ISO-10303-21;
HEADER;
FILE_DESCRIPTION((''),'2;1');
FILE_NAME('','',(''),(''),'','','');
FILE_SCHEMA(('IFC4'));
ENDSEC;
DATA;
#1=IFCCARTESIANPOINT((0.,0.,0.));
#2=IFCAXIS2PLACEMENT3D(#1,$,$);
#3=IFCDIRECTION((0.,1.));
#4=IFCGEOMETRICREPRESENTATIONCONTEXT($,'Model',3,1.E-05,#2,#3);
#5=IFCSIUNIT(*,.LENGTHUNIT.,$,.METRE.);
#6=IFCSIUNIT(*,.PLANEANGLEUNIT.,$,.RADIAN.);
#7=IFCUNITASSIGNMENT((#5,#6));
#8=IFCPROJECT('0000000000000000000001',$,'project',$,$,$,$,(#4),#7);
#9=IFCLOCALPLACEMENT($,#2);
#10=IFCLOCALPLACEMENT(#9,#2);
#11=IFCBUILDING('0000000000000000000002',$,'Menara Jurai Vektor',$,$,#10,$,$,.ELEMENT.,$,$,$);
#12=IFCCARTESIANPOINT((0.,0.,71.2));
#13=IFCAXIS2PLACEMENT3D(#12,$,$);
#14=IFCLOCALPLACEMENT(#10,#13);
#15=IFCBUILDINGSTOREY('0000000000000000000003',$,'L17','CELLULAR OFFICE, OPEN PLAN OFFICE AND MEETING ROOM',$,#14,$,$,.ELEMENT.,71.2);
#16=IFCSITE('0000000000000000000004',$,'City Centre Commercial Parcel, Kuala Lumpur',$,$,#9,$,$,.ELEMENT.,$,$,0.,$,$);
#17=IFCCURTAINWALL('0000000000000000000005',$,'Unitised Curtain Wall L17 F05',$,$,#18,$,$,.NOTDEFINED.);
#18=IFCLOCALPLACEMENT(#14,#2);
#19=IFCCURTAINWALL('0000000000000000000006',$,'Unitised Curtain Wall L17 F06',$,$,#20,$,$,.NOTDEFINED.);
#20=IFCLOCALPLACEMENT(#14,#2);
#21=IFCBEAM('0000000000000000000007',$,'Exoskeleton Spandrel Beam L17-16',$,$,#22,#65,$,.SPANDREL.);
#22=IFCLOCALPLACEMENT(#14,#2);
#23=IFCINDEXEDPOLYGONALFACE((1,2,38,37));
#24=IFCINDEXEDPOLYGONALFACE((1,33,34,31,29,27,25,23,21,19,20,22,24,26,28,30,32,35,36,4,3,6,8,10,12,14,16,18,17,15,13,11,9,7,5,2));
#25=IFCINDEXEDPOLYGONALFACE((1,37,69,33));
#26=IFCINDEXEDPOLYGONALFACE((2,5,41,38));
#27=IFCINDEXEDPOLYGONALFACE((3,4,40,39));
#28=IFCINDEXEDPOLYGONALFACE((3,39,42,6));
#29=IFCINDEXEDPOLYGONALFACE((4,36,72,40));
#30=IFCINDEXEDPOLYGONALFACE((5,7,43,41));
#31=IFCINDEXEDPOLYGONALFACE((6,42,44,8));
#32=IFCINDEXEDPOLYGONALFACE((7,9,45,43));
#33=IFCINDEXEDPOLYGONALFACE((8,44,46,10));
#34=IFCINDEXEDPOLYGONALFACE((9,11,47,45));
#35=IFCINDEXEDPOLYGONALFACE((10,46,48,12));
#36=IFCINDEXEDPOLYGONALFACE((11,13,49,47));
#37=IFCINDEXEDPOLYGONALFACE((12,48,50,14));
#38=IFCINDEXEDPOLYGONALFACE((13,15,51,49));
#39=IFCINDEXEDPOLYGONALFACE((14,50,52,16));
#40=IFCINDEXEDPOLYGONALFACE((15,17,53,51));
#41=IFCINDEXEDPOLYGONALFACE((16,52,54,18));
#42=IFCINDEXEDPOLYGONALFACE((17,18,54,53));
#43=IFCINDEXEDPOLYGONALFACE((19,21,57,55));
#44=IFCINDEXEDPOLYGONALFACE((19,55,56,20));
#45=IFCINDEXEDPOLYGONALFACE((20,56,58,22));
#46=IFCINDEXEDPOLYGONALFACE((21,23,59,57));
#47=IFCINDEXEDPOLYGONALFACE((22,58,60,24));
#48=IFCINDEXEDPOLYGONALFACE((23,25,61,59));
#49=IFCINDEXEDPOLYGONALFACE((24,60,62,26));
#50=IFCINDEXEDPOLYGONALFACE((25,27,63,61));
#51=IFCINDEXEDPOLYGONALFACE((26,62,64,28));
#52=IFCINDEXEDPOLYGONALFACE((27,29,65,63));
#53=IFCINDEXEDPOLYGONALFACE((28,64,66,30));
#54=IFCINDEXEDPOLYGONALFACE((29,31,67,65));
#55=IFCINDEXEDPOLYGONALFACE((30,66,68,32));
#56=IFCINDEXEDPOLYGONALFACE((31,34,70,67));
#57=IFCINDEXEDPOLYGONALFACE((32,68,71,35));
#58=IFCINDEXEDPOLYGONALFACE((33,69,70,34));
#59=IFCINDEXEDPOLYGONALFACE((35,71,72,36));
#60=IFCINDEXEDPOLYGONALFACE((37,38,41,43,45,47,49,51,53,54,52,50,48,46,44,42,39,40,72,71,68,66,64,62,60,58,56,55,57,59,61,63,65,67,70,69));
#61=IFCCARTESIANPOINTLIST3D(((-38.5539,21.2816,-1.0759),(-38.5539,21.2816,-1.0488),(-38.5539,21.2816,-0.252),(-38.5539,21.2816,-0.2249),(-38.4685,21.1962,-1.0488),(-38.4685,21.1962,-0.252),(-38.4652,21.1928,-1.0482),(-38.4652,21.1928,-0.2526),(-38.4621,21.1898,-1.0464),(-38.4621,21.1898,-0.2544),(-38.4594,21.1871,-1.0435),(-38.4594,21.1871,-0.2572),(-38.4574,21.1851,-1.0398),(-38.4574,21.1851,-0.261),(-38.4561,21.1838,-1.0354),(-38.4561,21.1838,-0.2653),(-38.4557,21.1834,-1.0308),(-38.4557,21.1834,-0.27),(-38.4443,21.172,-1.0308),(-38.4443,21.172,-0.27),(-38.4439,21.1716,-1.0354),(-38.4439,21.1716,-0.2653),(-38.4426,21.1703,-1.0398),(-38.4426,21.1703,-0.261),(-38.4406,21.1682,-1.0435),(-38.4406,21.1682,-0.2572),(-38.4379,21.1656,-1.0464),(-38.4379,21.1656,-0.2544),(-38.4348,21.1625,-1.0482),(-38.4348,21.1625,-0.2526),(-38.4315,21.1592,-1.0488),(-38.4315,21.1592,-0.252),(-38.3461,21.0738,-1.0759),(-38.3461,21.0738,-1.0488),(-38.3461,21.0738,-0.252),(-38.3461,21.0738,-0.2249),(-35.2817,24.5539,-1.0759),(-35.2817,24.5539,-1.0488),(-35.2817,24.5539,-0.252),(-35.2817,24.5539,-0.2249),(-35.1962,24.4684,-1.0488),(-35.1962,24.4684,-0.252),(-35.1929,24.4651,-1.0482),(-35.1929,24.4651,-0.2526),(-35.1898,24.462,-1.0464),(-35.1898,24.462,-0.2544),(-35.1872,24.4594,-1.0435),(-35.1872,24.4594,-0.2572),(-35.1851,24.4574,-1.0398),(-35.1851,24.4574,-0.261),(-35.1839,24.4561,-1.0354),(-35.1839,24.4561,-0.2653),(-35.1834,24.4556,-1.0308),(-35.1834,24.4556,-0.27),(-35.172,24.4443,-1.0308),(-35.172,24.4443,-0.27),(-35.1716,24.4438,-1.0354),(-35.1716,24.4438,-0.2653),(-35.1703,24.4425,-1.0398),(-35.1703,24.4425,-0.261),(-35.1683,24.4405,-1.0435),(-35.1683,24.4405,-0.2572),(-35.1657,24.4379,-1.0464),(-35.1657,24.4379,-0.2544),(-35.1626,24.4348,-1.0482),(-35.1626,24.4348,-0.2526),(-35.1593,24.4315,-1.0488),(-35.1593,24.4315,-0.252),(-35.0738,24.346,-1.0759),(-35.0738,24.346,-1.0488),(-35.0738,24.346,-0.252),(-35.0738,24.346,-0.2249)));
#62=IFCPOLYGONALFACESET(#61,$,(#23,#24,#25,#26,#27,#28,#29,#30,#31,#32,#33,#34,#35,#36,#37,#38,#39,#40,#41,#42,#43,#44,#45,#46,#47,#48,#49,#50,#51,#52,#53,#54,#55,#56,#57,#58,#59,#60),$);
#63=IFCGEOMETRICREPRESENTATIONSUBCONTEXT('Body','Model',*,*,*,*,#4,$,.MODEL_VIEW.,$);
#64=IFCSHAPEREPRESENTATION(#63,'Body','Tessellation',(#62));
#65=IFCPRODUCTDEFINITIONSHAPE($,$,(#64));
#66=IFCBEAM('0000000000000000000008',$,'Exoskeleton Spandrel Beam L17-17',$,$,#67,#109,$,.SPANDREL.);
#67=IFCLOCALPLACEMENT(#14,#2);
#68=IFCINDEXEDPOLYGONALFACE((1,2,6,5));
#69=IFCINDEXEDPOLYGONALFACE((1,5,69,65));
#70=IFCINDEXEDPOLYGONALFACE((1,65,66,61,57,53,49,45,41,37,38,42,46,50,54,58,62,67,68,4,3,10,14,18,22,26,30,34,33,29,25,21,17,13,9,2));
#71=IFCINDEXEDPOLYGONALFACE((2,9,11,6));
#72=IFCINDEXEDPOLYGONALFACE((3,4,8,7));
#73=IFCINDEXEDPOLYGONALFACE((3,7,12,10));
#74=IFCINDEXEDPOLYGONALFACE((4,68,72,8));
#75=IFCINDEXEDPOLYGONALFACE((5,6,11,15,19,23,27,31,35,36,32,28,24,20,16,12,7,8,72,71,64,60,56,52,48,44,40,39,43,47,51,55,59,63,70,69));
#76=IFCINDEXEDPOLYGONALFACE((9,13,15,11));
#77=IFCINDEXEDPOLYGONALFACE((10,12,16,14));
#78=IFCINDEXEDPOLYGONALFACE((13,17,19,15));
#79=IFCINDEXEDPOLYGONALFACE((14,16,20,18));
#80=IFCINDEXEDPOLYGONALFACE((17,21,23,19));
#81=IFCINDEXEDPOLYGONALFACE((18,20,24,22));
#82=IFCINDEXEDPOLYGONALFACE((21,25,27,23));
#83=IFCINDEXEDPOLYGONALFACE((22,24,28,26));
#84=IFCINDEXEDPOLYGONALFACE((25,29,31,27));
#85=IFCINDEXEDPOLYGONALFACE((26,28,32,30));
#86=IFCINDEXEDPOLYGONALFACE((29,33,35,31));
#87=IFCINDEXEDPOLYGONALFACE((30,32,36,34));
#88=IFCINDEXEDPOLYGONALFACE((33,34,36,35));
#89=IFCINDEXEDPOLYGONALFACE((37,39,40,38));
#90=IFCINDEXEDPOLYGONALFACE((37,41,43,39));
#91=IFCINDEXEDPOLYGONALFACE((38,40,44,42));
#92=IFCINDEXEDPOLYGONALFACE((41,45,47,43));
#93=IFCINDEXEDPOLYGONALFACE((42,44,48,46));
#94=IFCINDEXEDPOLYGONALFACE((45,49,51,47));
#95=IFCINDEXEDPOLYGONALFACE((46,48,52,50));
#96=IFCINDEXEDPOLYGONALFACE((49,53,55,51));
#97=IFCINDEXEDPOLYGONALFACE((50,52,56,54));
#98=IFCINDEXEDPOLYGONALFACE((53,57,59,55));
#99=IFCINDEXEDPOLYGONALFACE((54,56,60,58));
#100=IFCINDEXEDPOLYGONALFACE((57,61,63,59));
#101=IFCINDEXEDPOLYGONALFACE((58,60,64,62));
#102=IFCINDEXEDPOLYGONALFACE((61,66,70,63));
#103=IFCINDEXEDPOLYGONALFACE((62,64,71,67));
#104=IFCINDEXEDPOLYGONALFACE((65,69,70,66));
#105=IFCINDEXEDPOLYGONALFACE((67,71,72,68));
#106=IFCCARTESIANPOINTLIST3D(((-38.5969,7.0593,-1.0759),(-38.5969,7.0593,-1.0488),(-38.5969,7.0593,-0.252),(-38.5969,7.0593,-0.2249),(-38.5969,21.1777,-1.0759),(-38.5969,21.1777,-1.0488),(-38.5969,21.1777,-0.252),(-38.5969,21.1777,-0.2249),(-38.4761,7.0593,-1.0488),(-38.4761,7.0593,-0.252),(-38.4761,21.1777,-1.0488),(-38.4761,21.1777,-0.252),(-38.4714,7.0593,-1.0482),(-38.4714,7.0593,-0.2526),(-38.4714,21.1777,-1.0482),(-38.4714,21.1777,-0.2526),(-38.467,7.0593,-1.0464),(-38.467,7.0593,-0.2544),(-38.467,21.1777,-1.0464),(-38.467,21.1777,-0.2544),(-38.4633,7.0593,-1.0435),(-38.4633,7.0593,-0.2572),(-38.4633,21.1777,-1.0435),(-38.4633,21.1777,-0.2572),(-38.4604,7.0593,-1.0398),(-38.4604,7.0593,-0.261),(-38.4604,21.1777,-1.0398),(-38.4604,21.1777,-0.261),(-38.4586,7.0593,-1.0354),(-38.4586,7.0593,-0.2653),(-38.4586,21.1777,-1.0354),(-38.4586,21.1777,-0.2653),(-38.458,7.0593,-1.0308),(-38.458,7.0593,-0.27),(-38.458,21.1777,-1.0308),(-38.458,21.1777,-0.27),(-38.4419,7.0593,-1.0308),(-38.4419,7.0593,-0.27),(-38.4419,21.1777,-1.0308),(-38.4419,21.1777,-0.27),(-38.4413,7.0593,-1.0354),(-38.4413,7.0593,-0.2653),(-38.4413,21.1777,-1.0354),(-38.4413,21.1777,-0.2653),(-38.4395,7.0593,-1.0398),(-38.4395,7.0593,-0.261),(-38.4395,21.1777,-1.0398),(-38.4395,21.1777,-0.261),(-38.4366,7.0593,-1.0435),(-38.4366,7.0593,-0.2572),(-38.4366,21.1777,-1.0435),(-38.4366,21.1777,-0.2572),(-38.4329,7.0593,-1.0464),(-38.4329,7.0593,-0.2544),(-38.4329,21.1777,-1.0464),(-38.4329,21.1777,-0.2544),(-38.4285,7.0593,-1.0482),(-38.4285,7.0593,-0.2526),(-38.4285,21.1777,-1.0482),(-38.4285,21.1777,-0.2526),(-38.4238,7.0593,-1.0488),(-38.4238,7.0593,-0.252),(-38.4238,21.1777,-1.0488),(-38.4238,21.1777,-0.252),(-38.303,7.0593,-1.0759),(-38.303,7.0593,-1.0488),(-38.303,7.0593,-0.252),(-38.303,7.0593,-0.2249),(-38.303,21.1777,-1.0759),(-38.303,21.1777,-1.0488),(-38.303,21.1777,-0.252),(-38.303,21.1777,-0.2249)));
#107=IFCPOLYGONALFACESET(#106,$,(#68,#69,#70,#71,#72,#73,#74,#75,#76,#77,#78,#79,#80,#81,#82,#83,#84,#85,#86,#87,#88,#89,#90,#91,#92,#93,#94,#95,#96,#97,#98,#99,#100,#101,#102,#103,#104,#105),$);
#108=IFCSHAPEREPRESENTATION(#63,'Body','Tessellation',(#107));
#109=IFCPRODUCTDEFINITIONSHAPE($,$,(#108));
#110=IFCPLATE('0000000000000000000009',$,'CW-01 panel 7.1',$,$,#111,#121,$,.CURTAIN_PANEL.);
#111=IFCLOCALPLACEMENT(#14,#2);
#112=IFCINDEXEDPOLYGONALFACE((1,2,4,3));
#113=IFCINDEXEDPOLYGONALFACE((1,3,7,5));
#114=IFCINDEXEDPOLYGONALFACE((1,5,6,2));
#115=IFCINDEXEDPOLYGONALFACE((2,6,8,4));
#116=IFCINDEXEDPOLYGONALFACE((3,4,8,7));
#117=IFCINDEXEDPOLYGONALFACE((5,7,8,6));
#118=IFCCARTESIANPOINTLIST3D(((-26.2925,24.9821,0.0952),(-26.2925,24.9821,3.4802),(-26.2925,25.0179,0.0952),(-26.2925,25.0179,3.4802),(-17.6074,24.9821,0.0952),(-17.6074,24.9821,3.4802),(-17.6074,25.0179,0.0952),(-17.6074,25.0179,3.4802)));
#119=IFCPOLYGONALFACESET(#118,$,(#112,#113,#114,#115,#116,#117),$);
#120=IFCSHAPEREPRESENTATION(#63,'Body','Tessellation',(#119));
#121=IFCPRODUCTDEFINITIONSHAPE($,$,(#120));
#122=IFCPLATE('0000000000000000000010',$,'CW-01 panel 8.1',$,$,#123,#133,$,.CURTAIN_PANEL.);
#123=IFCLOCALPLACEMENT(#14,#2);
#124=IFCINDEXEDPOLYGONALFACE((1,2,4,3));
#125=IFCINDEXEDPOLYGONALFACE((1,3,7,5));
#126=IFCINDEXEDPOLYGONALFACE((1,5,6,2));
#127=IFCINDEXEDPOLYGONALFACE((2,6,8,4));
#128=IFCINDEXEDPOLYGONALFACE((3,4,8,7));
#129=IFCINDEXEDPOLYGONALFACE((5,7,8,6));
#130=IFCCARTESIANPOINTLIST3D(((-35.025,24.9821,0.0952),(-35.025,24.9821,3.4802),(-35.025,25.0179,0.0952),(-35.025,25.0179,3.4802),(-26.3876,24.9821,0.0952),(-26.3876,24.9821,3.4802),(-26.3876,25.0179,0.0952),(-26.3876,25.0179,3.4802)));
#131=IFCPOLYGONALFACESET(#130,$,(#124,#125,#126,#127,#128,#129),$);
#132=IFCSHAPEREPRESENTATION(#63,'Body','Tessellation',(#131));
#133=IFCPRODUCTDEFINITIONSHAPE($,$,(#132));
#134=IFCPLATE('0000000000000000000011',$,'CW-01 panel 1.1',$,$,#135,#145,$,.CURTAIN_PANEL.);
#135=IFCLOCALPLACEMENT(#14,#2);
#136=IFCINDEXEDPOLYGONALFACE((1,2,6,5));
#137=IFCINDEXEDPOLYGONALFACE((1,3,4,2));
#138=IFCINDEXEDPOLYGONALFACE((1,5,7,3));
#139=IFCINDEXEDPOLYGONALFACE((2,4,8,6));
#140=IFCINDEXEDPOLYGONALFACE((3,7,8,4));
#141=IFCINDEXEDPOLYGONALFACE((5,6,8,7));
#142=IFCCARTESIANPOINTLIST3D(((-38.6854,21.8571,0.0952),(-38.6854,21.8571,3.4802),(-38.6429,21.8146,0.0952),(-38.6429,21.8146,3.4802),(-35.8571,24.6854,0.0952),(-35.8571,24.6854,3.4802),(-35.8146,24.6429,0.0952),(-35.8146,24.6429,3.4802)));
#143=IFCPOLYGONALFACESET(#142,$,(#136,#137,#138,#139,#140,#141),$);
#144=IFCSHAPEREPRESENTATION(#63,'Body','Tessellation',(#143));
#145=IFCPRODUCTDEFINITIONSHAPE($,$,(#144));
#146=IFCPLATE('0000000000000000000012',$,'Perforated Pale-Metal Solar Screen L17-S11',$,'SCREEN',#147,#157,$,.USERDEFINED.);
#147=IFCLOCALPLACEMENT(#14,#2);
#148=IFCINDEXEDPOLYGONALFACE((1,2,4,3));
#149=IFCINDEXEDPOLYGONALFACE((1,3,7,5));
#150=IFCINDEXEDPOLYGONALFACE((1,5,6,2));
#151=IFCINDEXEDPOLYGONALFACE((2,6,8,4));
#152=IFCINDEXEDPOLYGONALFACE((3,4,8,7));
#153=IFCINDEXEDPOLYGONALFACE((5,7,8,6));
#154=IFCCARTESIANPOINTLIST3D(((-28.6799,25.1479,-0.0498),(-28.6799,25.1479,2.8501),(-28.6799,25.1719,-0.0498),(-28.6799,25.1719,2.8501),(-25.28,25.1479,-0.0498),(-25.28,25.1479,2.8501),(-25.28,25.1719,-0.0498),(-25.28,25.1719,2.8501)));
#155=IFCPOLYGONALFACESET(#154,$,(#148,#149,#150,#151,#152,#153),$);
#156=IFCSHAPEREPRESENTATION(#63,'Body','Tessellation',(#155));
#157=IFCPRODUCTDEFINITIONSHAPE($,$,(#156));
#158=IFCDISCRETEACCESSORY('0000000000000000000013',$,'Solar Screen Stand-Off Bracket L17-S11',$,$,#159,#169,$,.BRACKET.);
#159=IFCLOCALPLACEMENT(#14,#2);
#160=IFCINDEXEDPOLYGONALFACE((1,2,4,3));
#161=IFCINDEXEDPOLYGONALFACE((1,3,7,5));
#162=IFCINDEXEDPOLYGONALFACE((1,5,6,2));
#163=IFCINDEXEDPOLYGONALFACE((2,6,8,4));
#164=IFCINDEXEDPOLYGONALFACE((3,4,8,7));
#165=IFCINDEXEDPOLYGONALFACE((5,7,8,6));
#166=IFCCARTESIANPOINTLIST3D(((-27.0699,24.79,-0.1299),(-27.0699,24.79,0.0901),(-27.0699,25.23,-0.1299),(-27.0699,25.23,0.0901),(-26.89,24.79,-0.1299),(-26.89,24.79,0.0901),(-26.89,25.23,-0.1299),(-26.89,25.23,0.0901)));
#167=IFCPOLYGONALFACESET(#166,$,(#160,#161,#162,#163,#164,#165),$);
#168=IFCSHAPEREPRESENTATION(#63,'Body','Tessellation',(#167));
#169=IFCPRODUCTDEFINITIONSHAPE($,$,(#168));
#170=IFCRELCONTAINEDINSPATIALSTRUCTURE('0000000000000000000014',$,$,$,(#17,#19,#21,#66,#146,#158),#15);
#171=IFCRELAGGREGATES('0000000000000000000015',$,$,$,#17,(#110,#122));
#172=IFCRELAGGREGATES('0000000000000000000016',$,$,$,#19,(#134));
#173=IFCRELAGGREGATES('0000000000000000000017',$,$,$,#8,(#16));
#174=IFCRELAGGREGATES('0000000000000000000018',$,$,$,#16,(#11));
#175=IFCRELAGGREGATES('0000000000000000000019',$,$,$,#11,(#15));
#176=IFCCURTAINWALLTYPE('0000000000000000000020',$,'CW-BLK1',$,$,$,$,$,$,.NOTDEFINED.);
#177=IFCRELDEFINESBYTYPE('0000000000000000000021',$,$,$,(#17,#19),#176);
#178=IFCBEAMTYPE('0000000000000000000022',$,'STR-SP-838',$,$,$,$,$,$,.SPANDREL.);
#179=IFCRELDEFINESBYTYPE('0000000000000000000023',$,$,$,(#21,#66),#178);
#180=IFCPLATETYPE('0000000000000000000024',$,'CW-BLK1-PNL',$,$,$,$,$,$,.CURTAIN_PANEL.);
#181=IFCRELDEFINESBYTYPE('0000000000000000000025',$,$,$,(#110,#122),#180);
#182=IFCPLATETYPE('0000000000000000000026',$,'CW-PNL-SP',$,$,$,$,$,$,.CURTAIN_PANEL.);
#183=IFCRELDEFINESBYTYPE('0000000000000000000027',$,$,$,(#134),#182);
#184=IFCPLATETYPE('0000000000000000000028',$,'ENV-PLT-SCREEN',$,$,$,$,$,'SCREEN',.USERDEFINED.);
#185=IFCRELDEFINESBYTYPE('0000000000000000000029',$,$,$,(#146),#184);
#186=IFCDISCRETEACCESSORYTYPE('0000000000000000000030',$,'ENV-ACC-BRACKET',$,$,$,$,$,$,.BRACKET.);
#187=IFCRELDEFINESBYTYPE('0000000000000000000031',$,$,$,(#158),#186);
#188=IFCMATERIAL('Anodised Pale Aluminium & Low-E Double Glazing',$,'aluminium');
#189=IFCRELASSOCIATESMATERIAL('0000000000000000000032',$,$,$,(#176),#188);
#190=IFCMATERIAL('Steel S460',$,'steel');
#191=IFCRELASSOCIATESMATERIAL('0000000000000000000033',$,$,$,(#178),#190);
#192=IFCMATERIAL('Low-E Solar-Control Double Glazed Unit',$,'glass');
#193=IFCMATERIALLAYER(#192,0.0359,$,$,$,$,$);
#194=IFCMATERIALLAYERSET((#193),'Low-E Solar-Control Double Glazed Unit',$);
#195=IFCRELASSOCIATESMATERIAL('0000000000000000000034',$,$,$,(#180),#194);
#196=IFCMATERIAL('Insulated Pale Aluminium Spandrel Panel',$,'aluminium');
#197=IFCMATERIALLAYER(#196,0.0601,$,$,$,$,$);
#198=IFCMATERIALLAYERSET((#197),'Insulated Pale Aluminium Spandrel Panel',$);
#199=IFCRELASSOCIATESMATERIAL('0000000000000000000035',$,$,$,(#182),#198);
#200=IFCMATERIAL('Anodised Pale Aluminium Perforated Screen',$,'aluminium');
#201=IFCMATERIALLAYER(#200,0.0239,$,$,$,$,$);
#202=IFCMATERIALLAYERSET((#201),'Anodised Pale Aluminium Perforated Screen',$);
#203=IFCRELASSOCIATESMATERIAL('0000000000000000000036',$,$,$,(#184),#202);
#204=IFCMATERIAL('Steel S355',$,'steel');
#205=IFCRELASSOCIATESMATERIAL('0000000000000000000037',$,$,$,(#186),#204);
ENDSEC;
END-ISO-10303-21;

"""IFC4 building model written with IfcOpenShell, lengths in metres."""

from ifc_helpers import new_model, si_unit, direction, frame, origin, origin_2d, place, context, subcontext, project, spatial, rectangle, i_section, extrude, material, layer, layer_set, material_profile, profile_set, type_object, element, aggregate, save


model = new_model("IFC4")

# Units and contexts
model_context = context("Model", 3, precision=1e-05, world=origin(), true_north=direction((0.0, 1.0)))
body_context = subcontext(model_context, "Body", "Model", "MODEL_VIEW")
ifc_project = project(units=[si_unit("LENGTHUNIT", "METRE"), si_unit("PLANEANGLEUNIT", "RADIAN")], contexts=[model_context])

# Site, building, storey
site_placement = place(None, origin())
site = spatial("IfcSite", under=ifc_project, at=site_placement, Name="City Centre Commercial Parcel, Kuala Lumpur", CompositionType="ELEMENT", RefElevation=0.0)
building_placement = place(site_placement, origin())
building = spatial("IfcBuilding", under=site, at=building_placement, Name="Menara Jurai Vektor", CompositionType="ELEMENT")
storey_placement = place(building_placement, frame((0.0, 0.0, 71.2)))
storey = spatial("IfcBuildingStorey", under=building, at=storey_placement, Name="L17", Description="CELLULAR OFFICE, OPEN PLAN OFFICE AND MEETING ROOM", CompositionType="ELEMENT", Elevation=71.2)

# Shared definitions
ifc_material_1 = material(Name="Steel S460", Category="steel")

# Curtain walls
ifc_material_2 = material(Name="Anodised Pale Aluminium & Low-E Double Glazing", Category="aluminium")
curtain_wall_type = type_object("IfcCurtainWallType", Name="CW-BLK1", PredefinedType="NOTDEFINED", material=ifc_material_2)
curtain_wall_1_placement = place(storey_placement, origin())
curtain_wall_1 = element("IfcCurtainWall", 1, at=curtain_wall_1_placement, inside=storey, type_object=curtain_wall_type, Name="Unitised Curtain Wall L17 F05", PredefinedType="NOTDEFINED")
curtain_wall_2_placement = place(storey_placement, origin())
curtain_wall_2 = element("IfcCurtainWall", 2, at=curtain_wall_2_placement, inside=storey, type_object=curtain_wall_type, Name="Unitised Curtain Wall L17 F06", PredefinedType="NOTDEFINED")

# Shared definitions
ifc_material_3 = material(Name="Steel S355", Category="steel")

# Beams
ifc_material_profile_1 = material_profile(ifc_material_1, i_section(OverallWidth=0.2939, OverallDepth=0.8511, WebThickness=0.0161, FlangeThickness=0.0271, FilletRadius=0.0181, at=origin_2d()), Name="UKB 838x292x226")
ifc_profile_set_1 = profile_set([ifc_material_profile_1], Name="Steel S460")
beam_type_1 = type_object("IfcBeamType", Name="STR-SP-838", PredefinedType="SPANDREL", material=ifc_profile_set_1)
beam_1_placement = place(storey_placement, frame((-35.1777, 24.45, -0.6504), z_axis=(-0.707107, -0.707107, 0.0), x_axis=(0.707107, -0.707107, 0.0)))
element("IfcBeam", 3, at=beam_1_placement, inside=storey, type_object=beam_type_1, Name="Exoskeleton Spandrel Beam L17-16", PredefinedType="SPANDREL", context=body_context, shape_type="SweptSolid", body=[
    extrude(i_section(OverallWidth=0.2939, OverallDepth=0.8511, WebThickness=0.0161, FlangeThickness=0.0271, FilletRadius=0.0181, at=origin_2d()), origin(), (0.0, 0.0, 1.0), 4.6277),
])
beam_2_placement = place(storey_placement, frame((-38.45, 21.1777, -0.6504), z_axis=(0.0, -1.0, 0.0), x_axis=(1.0, 0.0, 0.0)))
element("IfcBeam", 4, at=beam_2_placement, inside=storey, type_object=beam_type_1, Name="Exoskeleton Spandrel Beam L17-17", PredefinedType="SPANDREL", context=body_context, shape_type="SweptSolid", body=[
    extrude(i_section(OverallWidth=0.2939, OverallDepth=0.8511, WebThickness=0.0161, FlangeThickness=0.0271, FilletRadius=0.0181, at=origin_2d()), origin(), (0.0, 0.0, 1.0), 14.1184),
])

# Plates
ifc_material_4 = material(Name="Low-E Solar-Control Double Glazed Unit", Category="glass")
ifc_layer_1 = layer(ifc_material_4, 0.0359)
ifc_layer_set_1 = layer_set([ifc_layer_1], Name="Low-E Solar-Control Double Glazed Unit")
plate_type_1 = type_object("IfcPlateType", Name="CW-BLK1-PNL", PredefinedType="CURTAIN_PANEL", material=ifc_layer_set_1)
plate_1_placement = place(storey_placement, frame((-21.95, 25.0, 0.0952), z_axis=(0.0, 0.0, 1.0), x_axis=(-1.0, 0.0, 0.0)))
plate_1 = element("IfcPlate", 5, at=plate_1_placement, type_object=plate_type_1, Name="CW-01 panel 7.1", PredefinedType="CURTAIN_PANEL", context=body_context, shape_type="SweptSolid", body=[
    extrude(rectangle(XDim=8.6851, YDim=0.0359, at=origin_2d()), origin(), (0.0, 0.0, 1.0), 3.385),
])
plate_2_placement = place(storey_placement, frame((-30.7063, 25.0, 0.0952), z_axis=(0.0, 0.0, 1.0), x_axis=(-1.0, 0.0, 0.0)))
plate_2 = element("IfcPlate", 6, at=plate_2_placement, type_object=plate_type_1, Name="CW-01 panel 8.1", PredefinedType="CURTAIN_PANEL", context=body_context, shape_type="SweptSolid", body=[
    extrude(rectangle(XDim=8.6375, YDim=0.0359, at=origin_2d()), origin(), (0.0, 0.0, 1.0), 3.385),
])
aggregate(curtain_wall_1, [plate_1, plate_2])
ifc_material_5 = material(Name="Insulated Pale Aluminium Spandrel Panel", Category="aluminium")
ifc_layer_2 = layer(ifc_material_5, 0.0601)
ifc_layer_set_2 = layer_set([ifc_layer_2], Name="Insulated Pale Aluminium Spandrel Panel")
plate_type_2 = type_object("IfcPlateType", Name="CW-PNL-SP", PredefinedType="CURTAIN_PANEL", material=ifc_layer_set_2)
plate_3_placement = place(storey_placement, frame((-37.25, 23.25, 0.0952), z_axis=(0.0, 0.0, 1.0), x_axis=(-0.707107, -0.707107, 0.0)))
plate_3 = element("IfcPlate", 7, at=plate_3_placement, type_object=plate_type_2, Name="CW-01 panel 1.1", PredefinedType="CURTAIN_PANEL", context=body_context, shape_type="SweptSolid", body=[
    extrude(rectangle(XDim=3.9998, YDim=0.0601, at=origin_2d()), origin(), (0.0, 0.0, 1.0), 3.385),
])
aggregate(curtain_wall_2, [plate_3])
ifc_material_6 = material(Name="Anodised Pale Aluminium Perforated Screen", Category="aluminium")
ifc_layer_3 = layer(ifc_material_6, 0.0239)
ifc_layer_set_3 = layer_set([ifc_layer_3], Name="Anodised Pale Aluminium Perforated Screen")
plate_type_3 = type_object("IfcPlateType", Name="ENV-PLT-SCREEN", ElementType="SCREEN", PredefinedType="USERDEFINED", material=ifc_layer_set_3)
plate_4_placement = place(storey_placement, frame((-26.98, 25.1599, -0.0498), z_axis=(0.0, 0.0, 1.0), x_axis=(-1.0, 0.0, 0.0)))
element("IfcPlate", 8, at=plate_4_placement, inside=storey, type_object=plate_type_3, Name="Perforated Pale-Metal Solar Screen L17-S11", ObjectType="SCREEN", PredefinedType="USERDEFINED", context=body_context, shape_type="SweptSolid", body=[
    extrude(rectangle(XDim=3.3999, YDim=0.0239, at=origin_2d()), origin(), (0.0, 0.0, 1.0), 2.8999),
])

# Discrete accessory
discrete_accessory_type = type_object("IfcDiscreteAccessoryType", Name="ENV-ACC-BRACKET", PredefinedType="BRACKET", material=ifc_material_3)
discrete_accessory_placement = place(storey_placement, frame((-26.98, 25.01, -0.1299), z_axis=(0.0, 0.0, 1.0), x_axis=(-1.0, 0.0, 0.0)))
element("IfcDiscreteAccessory", 9, at=discrete_accessory_placement, inside=storey, type_object=discrete_accessory_type, Name="Solar Screen Stand-Off Bracket L17-S11", PredefinedType="BRACKET", context=body_context, shape_type="SweptSolid", body=[
    extrude(rectangle(XDim=0.1799, YDim=0.4399, at=origin_2d()), origin(), (0.0, 0.0, 1.0), 0.22),
])

save(model, "model.ifc")
